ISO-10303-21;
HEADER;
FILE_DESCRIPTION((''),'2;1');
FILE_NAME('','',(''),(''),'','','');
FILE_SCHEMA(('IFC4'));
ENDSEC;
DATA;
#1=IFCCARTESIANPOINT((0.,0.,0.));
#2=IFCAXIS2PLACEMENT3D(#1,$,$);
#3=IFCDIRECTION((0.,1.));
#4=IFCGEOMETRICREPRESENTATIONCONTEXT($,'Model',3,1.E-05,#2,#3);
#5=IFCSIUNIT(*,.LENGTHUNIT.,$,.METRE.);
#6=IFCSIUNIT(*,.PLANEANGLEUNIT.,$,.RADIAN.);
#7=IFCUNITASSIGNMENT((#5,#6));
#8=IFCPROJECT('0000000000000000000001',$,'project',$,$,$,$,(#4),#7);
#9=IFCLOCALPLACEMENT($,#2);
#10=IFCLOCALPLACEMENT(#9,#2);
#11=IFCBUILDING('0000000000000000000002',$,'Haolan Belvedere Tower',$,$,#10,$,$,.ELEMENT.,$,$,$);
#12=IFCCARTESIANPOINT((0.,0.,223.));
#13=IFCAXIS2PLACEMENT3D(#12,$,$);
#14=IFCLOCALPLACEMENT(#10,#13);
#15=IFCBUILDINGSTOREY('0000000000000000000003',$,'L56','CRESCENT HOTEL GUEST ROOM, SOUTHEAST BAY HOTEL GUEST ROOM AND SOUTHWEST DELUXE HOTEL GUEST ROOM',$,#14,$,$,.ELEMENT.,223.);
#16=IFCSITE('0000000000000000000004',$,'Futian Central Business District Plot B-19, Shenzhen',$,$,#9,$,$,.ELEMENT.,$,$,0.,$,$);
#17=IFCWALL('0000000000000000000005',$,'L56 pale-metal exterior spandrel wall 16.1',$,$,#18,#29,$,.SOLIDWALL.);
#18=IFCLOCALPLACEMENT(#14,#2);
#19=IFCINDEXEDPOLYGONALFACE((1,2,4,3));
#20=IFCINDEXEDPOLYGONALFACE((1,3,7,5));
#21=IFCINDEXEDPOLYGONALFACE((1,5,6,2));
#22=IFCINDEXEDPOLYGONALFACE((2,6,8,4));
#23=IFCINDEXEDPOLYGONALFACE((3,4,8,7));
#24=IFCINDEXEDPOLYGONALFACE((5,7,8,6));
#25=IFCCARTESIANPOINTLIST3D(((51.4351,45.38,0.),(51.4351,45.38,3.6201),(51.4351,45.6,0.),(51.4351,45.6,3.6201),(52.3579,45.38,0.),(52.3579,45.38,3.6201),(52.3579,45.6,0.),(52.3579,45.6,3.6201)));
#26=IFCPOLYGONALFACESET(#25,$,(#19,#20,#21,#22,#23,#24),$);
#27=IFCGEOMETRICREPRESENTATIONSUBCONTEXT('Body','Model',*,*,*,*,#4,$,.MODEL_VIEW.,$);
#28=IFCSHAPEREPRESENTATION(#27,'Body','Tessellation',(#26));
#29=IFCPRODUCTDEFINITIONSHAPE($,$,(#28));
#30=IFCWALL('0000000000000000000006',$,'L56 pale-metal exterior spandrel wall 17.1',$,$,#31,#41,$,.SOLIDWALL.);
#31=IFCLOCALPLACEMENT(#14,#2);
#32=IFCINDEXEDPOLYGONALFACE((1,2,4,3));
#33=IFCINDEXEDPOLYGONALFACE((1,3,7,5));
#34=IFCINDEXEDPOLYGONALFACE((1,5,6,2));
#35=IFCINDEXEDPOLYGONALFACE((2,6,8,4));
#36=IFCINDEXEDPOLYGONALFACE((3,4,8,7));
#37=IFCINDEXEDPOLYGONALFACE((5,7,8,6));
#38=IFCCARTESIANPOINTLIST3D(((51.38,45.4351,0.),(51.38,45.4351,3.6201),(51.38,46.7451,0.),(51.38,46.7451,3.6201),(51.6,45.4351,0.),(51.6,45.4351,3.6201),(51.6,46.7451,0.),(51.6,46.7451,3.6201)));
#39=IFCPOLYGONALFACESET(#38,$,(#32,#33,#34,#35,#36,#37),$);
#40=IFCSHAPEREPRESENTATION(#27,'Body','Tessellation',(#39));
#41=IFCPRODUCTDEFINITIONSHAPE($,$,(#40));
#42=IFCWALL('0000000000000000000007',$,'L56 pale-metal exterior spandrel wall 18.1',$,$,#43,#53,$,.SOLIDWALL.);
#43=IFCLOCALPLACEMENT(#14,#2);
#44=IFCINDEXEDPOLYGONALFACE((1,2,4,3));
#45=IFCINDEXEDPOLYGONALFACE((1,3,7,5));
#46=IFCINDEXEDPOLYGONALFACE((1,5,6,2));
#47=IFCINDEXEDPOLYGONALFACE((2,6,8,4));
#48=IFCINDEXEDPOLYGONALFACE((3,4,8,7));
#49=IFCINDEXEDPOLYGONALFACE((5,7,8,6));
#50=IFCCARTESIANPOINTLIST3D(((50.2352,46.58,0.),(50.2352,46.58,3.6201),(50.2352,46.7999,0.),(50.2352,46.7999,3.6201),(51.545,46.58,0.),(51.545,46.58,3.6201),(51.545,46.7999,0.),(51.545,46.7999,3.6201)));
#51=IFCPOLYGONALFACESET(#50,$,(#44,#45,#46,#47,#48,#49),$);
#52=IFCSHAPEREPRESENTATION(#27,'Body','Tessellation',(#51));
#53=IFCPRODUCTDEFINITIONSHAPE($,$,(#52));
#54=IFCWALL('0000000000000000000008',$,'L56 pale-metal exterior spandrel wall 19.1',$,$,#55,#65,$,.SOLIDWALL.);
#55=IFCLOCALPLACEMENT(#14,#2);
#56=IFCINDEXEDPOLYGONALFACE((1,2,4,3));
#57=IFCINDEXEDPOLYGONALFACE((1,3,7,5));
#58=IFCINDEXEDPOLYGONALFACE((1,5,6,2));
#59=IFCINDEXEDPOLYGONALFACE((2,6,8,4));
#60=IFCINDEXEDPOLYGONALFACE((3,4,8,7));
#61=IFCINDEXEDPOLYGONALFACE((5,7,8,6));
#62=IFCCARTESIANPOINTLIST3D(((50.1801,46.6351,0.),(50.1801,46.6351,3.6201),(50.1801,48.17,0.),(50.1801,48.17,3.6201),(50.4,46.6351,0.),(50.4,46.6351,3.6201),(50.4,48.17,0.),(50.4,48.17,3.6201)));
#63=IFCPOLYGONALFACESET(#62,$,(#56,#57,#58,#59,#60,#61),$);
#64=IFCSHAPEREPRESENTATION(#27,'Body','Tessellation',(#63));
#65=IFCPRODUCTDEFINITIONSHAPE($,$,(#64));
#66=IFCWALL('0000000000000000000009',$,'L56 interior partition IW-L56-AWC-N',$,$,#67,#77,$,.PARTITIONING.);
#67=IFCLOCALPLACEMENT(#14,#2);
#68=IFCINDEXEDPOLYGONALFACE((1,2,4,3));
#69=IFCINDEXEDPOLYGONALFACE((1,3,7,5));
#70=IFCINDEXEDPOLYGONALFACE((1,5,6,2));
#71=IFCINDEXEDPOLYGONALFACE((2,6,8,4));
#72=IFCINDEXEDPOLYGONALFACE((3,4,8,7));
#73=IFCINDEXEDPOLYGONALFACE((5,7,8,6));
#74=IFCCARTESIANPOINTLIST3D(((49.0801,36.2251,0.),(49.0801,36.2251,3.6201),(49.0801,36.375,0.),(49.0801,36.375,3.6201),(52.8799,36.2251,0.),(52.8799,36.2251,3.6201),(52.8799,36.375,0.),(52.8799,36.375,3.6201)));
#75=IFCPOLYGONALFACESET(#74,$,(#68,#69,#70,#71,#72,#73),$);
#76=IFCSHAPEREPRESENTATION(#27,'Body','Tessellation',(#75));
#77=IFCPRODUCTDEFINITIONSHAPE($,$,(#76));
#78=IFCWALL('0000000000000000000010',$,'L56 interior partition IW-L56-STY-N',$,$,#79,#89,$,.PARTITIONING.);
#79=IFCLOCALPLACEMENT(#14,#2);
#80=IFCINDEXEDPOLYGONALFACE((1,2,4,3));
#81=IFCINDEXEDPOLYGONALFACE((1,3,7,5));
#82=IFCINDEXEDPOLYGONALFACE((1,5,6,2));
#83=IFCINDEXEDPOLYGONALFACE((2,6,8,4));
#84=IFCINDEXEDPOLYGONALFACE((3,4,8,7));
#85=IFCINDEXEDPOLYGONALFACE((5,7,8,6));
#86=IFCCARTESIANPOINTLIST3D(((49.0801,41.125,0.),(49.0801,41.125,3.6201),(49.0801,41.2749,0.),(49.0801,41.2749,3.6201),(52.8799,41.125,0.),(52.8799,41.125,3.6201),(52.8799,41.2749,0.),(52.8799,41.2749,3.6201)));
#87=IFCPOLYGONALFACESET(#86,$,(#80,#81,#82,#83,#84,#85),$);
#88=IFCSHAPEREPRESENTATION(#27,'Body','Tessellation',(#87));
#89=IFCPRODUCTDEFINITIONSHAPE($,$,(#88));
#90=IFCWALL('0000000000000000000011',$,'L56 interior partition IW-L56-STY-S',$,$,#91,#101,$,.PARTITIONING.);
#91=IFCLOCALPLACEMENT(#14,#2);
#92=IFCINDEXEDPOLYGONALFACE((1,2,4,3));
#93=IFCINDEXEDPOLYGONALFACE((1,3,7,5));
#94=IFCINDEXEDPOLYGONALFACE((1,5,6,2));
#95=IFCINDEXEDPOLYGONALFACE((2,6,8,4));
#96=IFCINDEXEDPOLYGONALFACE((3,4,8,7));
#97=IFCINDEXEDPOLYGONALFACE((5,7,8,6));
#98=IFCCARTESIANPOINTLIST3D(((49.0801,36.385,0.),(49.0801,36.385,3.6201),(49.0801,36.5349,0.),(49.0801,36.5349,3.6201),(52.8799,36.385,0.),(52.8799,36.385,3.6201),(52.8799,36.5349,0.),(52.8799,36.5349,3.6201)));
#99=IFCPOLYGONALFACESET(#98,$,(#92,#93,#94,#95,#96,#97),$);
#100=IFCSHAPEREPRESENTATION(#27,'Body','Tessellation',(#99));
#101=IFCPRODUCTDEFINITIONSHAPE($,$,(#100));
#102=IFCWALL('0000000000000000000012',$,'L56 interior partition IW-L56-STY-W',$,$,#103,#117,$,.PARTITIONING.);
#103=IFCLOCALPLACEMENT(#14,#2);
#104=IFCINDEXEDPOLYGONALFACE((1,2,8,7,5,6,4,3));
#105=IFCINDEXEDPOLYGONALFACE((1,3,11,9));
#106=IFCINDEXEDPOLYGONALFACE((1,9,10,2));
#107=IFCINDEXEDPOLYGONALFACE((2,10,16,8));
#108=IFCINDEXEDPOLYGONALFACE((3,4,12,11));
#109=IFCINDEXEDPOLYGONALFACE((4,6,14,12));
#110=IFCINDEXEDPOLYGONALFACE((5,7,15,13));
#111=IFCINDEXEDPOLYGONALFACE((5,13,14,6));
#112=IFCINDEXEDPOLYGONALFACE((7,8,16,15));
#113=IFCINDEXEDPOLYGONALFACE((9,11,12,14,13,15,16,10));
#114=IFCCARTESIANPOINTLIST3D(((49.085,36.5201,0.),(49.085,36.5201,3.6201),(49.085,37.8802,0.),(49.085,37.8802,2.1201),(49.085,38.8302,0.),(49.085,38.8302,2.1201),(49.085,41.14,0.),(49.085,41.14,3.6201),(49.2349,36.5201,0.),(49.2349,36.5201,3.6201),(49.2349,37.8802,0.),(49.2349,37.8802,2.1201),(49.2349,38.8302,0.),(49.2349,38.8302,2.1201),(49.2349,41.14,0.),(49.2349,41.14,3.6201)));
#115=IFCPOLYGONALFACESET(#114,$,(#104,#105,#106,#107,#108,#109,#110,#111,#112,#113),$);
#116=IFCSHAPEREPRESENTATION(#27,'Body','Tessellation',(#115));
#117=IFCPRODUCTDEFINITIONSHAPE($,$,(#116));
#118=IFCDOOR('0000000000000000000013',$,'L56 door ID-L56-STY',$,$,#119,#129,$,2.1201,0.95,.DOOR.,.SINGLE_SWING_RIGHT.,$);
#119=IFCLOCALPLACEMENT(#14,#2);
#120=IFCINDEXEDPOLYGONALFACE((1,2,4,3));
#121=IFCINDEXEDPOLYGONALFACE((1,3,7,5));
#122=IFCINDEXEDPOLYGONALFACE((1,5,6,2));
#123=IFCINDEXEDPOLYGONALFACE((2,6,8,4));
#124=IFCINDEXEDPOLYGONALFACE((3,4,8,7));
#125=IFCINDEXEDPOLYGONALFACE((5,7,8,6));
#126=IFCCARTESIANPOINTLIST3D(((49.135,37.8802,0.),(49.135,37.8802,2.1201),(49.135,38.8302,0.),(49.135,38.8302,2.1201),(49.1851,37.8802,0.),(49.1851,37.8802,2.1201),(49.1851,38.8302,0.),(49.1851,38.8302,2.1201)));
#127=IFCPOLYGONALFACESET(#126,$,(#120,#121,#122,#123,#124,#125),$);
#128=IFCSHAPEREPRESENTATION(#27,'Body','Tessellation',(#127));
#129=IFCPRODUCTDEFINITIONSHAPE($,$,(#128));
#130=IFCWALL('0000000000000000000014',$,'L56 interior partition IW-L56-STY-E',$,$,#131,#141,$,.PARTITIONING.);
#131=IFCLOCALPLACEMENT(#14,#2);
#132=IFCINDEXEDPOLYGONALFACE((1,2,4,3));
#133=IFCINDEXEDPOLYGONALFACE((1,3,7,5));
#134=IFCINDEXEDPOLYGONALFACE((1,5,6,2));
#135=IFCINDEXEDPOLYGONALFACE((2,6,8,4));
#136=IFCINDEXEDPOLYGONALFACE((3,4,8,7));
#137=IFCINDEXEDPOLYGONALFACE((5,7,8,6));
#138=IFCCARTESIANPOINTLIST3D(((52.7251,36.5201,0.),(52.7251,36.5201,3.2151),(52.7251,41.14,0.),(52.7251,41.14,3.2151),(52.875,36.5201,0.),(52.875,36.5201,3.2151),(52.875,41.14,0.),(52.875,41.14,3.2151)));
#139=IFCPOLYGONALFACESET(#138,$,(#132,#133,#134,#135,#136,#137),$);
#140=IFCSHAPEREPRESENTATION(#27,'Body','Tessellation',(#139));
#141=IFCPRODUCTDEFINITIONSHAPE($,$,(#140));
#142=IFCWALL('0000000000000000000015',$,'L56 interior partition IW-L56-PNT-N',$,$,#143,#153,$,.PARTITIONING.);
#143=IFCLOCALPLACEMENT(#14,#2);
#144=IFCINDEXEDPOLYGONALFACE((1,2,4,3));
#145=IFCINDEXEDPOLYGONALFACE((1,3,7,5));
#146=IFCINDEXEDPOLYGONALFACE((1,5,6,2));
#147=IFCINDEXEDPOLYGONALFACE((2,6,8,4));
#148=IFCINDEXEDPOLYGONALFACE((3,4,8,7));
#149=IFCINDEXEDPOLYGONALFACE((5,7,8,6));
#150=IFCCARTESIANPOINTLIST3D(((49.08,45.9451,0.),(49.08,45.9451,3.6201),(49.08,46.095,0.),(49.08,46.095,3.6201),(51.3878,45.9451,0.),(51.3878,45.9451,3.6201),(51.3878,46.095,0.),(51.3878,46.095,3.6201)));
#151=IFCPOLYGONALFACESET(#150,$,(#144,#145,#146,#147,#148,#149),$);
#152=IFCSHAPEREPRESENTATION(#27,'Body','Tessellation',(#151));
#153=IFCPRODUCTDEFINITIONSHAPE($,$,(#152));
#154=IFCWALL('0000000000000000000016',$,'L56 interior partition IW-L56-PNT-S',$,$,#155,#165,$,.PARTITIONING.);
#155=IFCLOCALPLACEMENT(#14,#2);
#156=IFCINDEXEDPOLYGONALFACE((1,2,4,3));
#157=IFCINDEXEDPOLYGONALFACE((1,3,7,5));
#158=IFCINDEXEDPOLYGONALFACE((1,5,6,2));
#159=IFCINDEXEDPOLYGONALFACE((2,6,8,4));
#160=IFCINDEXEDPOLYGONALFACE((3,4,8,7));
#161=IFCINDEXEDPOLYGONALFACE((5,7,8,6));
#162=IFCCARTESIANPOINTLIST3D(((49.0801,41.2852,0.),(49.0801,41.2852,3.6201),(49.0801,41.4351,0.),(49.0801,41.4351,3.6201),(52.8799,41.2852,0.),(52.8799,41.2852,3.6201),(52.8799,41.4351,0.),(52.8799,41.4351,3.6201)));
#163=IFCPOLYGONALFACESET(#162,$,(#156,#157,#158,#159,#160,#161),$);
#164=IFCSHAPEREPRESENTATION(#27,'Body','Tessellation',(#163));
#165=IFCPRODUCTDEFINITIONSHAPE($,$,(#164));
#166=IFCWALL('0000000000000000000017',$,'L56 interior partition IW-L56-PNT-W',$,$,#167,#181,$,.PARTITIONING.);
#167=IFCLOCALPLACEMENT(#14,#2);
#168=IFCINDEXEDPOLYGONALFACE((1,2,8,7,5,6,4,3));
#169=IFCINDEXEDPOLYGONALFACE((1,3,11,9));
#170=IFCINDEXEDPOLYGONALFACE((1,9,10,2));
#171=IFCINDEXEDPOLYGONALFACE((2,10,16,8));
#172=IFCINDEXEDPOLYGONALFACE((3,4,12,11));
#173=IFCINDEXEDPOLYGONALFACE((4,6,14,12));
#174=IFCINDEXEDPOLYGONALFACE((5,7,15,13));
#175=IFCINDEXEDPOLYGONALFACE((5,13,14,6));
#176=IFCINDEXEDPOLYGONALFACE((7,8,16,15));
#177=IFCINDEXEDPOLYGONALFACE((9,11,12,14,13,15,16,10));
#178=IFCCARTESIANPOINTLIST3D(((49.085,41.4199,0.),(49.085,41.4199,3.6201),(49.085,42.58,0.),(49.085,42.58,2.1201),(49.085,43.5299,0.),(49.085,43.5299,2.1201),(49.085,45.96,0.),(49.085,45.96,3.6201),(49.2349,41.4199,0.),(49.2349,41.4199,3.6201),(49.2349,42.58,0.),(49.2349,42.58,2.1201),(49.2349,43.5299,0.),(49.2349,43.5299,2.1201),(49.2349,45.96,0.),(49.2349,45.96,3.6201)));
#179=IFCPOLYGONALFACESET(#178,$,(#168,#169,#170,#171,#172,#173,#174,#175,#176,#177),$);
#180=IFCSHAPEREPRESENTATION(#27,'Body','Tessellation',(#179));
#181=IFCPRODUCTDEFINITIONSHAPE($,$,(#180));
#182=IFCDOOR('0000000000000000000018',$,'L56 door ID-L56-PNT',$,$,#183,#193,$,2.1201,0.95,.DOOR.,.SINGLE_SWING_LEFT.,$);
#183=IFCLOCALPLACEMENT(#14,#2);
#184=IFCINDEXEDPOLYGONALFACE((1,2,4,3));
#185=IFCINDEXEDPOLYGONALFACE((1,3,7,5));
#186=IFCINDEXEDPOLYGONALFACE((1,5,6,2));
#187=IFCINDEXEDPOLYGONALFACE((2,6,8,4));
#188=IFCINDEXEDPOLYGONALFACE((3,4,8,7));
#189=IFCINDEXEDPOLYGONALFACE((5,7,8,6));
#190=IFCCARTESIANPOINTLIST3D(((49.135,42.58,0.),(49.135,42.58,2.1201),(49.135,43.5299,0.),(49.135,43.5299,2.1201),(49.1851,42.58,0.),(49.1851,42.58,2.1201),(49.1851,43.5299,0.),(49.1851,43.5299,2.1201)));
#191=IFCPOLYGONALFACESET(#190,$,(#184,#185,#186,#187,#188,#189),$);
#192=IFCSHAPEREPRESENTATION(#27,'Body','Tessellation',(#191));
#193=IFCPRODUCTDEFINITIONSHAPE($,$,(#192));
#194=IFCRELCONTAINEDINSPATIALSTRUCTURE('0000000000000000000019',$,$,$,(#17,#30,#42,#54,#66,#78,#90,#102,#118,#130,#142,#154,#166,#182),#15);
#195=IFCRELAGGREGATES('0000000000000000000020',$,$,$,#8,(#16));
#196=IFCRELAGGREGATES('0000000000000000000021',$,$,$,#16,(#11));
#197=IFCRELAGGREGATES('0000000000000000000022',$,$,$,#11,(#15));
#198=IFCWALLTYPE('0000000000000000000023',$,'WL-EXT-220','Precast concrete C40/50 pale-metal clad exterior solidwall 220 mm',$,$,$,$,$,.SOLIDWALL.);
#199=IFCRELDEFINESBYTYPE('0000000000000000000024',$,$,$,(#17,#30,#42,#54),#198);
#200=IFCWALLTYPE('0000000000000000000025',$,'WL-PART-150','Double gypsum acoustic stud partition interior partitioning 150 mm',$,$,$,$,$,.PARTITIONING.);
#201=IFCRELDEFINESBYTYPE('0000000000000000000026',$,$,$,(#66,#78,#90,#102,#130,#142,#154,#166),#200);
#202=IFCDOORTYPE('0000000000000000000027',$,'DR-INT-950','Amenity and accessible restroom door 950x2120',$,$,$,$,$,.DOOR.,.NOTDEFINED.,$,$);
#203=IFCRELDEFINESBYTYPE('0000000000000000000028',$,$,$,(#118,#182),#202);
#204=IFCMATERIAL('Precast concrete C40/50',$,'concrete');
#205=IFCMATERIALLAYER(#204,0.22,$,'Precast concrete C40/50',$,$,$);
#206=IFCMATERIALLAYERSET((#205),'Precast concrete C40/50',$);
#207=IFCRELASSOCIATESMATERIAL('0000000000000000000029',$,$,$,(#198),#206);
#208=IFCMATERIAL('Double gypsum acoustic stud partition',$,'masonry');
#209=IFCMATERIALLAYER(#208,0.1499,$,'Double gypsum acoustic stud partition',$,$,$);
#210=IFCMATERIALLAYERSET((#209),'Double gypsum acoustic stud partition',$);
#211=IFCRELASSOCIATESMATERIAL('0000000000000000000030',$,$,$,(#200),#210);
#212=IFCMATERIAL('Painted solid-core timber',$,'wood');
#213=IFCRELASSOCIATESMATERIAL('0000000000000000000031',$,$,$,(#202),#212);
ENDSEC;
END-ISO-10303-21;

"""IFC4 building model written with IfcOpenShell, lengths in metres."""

from ifc_helpers import new_model, si_unit, direction, frame, frame_2d, origin, place, context, subcontext, project, spatial, rectangle, extrude, material, layer, layer_set, type_object, element, fill, save


model = new_model("IFC4")

# Units and contexts
model_context = context("Model", 3, precision=1e-05, world=origin(), true_north=direction((0.0, 1.0)))
body_context = subcontext(model_context, "Body", "Model", "MODEL_VIEW")
ifc_project = project(units=[si_unit("LENGTHUNIT", "METRE"), si_unit("PLANEANGLEUNIT", "RADIAN")], contexts=[model_context])

# Site, building, storey
site_placement = place(None, origin())
site = spatial("IfcSite", under=ifc_project, at=site_placement, Name="Futian Central Business District Plot B-19, Shenzhen", CompositionType="ELEMENT", RefElevation=0.0)
building_placement = place(site_placement, origin())
building = spatial("IfcBuilding", under=site, at=building_placement, Name="Haolan Belvedere Tower", CompositionType="ELEMENT")
storey_placement = place(building_placement, frame((0.0, 0.0, 223.0)))
storey = spatial("IfcBuildingStorey", under=building, at=storey_placement, Name="L56", Description="CRESCENT HOTEL GUEST ROOM, SOUTHEAST BAY HOTEL GUEST ROOM AND SOUTHWEST DELUXE HOTEL GUEST ROOM", CompositionType="ELEMENT", Elevation=223.0)

# Walls
ifc_material_1 = material(Name="Precast concrete C40/50", Category="concrete")
ifc_layer_1 = layer(ifc_material_1, 0.22, Name="Precast concrete C40/50")
ifc_layer_set_1 = layer_set([ifc_layer_1], Name="Precast concrete C40/50")
wall_type_1 = type_object("IfcWallType", Name="WL-EXT-220", Description="Precast concrete C40/50 pale-metal clad exterior solidwall 220 mm", PredefinedType="SOLIDWALL", material=ifc_layer_set_1)
wall_1_placement = place(storey_placement, frame((52.3579, 45.49, 0.0), z_axis=(0.0, 0.0, 1.0), x_axis=(-1.0, 0.0, 0.0)))
element("IfcWall", 1, at=wall_1_placement, inside=storey, type_object=wall_type_1, Name="L56 pale-metal exterior spandrel wall 16.1", PredefinedType="SOLIDWALL", context=body_context, shape_type="SweptSolid", body=[
    extrude(rectangle(XDim=0.9229, YDim=0.22, at=frame_2d((0.4614, 0.0))), origin(), (0.0, 0.0, 1.0), 3.6201),
])
wall_2_placement = place(storey_placement, frame((51.49, 45.4351, 0.0), z_axis=(0.0, 0.0, 1.0), x_axis=(0.0, 1.0, 0.0)))
element("IfcWall", 2, at=wall_2_placement, inside=storey, type_object=wall_type_1, Name="L56 pale-metal exterior spandrel wall 17.1", PredefinedType="SOLIDWALL", context=body_context, shape_type="SweptSolid", body=[
    extrude(rectangle(XDim=1.3101, YDim=0.22, at=frame_2d((0.655, 0.0))), origin(), (0.0, 0.0, 1.0), 3.6201),
])
wall_3_placement = place(storey_placement, frame((51.5449, 46.6899, 0.0), z_axis=(0.0, 0.0, 1.0), x_axis=(-1.0, 0.0, 0.0)))
element("IfcWall", 3, at=wall_3_placement, inside=storey, type_object=wall_type_1, Name="L56 pale-metal exterior spandrel wall 18.1", PredefinedType="SOLIDWALL", context=body_context, shape_type="SweptSolid", body=[
    extrude(rectangle(XDim=1.3098, YDim=0.22, at=frame_2d((0.6548, 0.0))), origin(), (0.0, 0.0, 1.0), 3.6201),
])
wall_4_placement = place(storey_placement, frame((50.29, 46.635, 0.0), z_axis=(0.0, 0.0, 1.0), x_axis=(0.0, 1.0, 0.0)))
element("IfcWall", 4, at=wall_4_placement, inside=storey, type_object=wall_type_1, Name="L56 pale-metal exterior spandrel wall 19.1", PredefinedType="SOLIDWALL", context=body_context, shape_type="SweptSolid", body=[
    extrude(rectangle(XDim=1.5349, YDim=0.22, at=frame_2d((0.7676, 0.0))), origin(), (0.0, 0.0, 1.0), 3.6201),
])
ifc_material_2 = material(Name="Double gypsum acoustic stud partition", Category="masonry")
ifc_layer_2 = layer(ifc_material_2, 0.1499, Name="Double gypsum acoustic stud partition")
ifc_layer_set_2 = layer_set([ifc_layer_2], Name="Double gypsum acoustic stud partition")
wall_type_2 = type_object("IfcWallType", Name="WL-PART-150", Description="Double gypsum acoustic stud partition interior partitioning 150 mm", PredefinedType="PARTITIONING", material=ifc_layer_set_2)
for number, where, z_axis, x_axis, name in (
    (5, (49.0801, 36.3, 0.0), (0.0, 0.0, 1.0), (1.0, 0.0, 0.0), "L56 interior partition IW-L56-AWC-N"),
    (6, (49.0801, 41.2, 0.0), (0.0, 0.0, 1.0), (1.0, 0.0, 0.0), "L56 interior partition IW-L56-STY-N"),
    (7, (49.0801, 36.46, 0.0), (0.0, 0.0, 1.0), (1.0, 0.0, 0.0), "L56 interior partition IW-L56-STY-S"),
):
    element("IfcWall", number, at=place(storey_placement, frame(where, z_axis=z_axis, x_axis=x_axis)), inside=storey, type_object=wall_type_2, Name=name, PredefinedType="PARTITIONING", context=body_context, shape_type="SweptSolid", body=[
        extrude(rectangle(XDim=3.7998, YDim=0.1499, at=frame_2d((1.8999, 0.0))), origin(), (0.0, 0.0, 1.0), 3.6201),
    ])

# Wall, opening, door
wall_5_placement = place(storey_placement, frame((49.1599, 36.52, 0.0), z_axis=(0.0, 0.0, 1.0), x_axis=(0.0, 1.0, 0.0)))
wall_5 = element("IfcWall", 8, at=wall_5_placement, inside=storey, type_object=wall_type_2, Name="L56 interior partition IW-L56-STY-W", PredefinedType="PARTITIONING", context=body_context, shape_type="SweptSolid", body=[
    extrude(rectangle(XDim=4.6199, YDim=0.1499, at=frame_2d((2.3101, 0.0))), origin(), (0.0, 0.0, 1.0), 3.6201),
])
opening_1_placement = place(wall_5_placement, frame((1.3601, 0.0, 0.0)))
opening_1 = element("IfcOpeningElement", 9, at=opening_1_placement, cuts=wall_5, PredefinedType="OPENING", context=body_context, shape_type="SweptSolid", body=[
    extrude(rectangle(XDim=0.95, YDim=2.1201, at=frame_2d((0.4751, 1.0601))), frame((0.0, 0.085, 0.0), z_axis=(0.0, -1.0, 0.0), x_axis=(1.0, 0.0, 0.0)), (0.0, 0.0, 1.0), 0.1699),
])
ifc_material_3 = material(Name="Painted solid-core timber", Category="wood")
door_type = type_object("IfcDoorType", Name="DR-INT-950", Description="Amenity and accessible restroom door 950x2120", OperationType="NOTDEFINED", PredefinedType="DOOR", material=ifc_material_3)
door_1_placement = place(opening_1_placement, origin())
door_1 = element("IfcDoor", 10, at=door_1_placement, inside=storey, type_object=door_type, Name="L56 door ID-L56-STY", OperationType="SINGLE_SWING_RIGHT", OverallHeight=2.1201, OverallWidth=0.95, PredefinedType="DOOR", context=body_context, shape_type="SweptSolid", body=[
    extrude(rectangle(XDim=0.95, YDim=2.1201, at=frame_2d((0.4751, 1.0601))), frame((0.0, 0.0249, 0.0), z_axis=(0.0, -1.0, 0.0), x_axis=(1.0, 0.0, 0.0)), (0.0, 0.0, 1.0), 0.05),
])
fill(opening_1, door_1)

# Walls
wall_6_placement = place(storey_placement, frame((52.8, 36.52, 0.0), z_axis=(0.0, 0.0, 1.0), x_axis=(0.0, 1.0, 0.0)))
element("IfcWall", 11, at=wall_6_placement, inside=storey, type_object=wall_type_2, Name="L56 interior partition IW-L56-STY-E", PredefinedType="PARTITIONING", context=body_context, shape_type="SweptSolid", body=[
    extrude(rectangle(XDim=4.6199, YDim=0.1499, at=frame_2d((2.3101, 0.0))), origin(), (0.0, 0.0, 1.0), 3.2151),
])
wall_7_placement = place(storey_placement, frame((49.0801, 46.02, 0.0), z_axis=(0.0, 0.0, 1.0), x_axis=(1.0, 0.0, 0.0)))
element("IfcWall", 12, at=wall_7_placement, inside=storey, type_object=wall_type_2, Name="L56 interior partition IW-L56-PNT-N", PredefinedType="PARTITIONING", context=body_context, shape_type="SweptSolid", body=[
    extrude(rectangle(XDim=2.3079, YDim=0.1499, at=frame_2d((1.1538, 0.0))), origin(), (0.0, 0.0, 1.0), 3.6201),
])
wall_8_placement = place(storey_placement, frame((49.0801, 41.3601, 0.0), z_axis=(0.0, 0.0, 1.0), x_axis=(1.0, 0.0, 0.0)))
element("IfcWall", 13, at=wall_8_placement, inside=storey, type_object=wall_type_2, Name="L56 interior partition IW-L56-PNT-S", PredefinedType="PARTITIONING", context=body_context, shape_type="SweptSolid", body=[
    extrude(rectangle(XDim=3.7998, YDim=0.1499, at=frame_2d((1.8999, 0.0))), origin(), (0.0, 0.0, 1.0), 3.6201),
])

# Wall, opening, door
wall_9_placement = place(storey_placement, frame((49.1599, 41.4199, 0.0), z_axis=(0.0, 0.0, 1.0), x_axis=(0.0, 1.0, 0.0)))
wall_9 = element("IfcWall", 14, at=wall_9_placement, inside=storey, type_object=wall_type_2, Name="L56 interior partition IW-L56-PNT-W", PredefinedType="PARTITIONING", context=body_context, shape_type="SweptSolid", body=[
    extrude(rectangle(XDim=4.54, YDim=0.1499, at=frame_2d((2.27, 0.0))), origin(), (0.0, 0.0, 1.0), 3.6201),
])
opening_2_placement = place(wall_9_placement, frame((1.1599, 0.0, 0.0)))
opening_2 = element("IfcOpeningElement", 15, at=opening_2_placement, cuts=wall_9, PredefinedType="OPENING", context=body_context, shape_type="SweptSolid", body=[
    extrude(rectangle(XDim=0.95, YDim=2.1201, at=frame_2d((0.4751, 1.0601))), frame((0.0, 0.085, 0.0), z_axis=(0.0, -1.0, 0.0), x_axis=(1.0, 0.0, 0.0)), (0.0, 0.0, 1.0), 0.1699),
])
door_2_placement = place(opening_2_placement, origin())
door_2 = element("IfcDoor", 16, at=door_2_placement, inside=storey, type_object=door_type, Name="L56 door ID-L56-PNT", OperationType="SINGLE_SWING_LEFT", OverallHeight=2.1201, OverallWidth=0.95, PredefinedType="DOOR", context=body_context, shape_type="SweptSolid", body=[
    extrude(rectangle(XDim=0.95, YDim=2.1201, at=frame_2d((0.4751, 1.0601))), frame((0.0, 0.0249, 0.0), z_axis=(0.0, -1.0, 0.0), x_axis=(1.0, 0.0, 0.0)), (0.0, 0.0, 1.0), 0.05),
])
fill(opening_2, door_2)

save(model, "model.ifc")
